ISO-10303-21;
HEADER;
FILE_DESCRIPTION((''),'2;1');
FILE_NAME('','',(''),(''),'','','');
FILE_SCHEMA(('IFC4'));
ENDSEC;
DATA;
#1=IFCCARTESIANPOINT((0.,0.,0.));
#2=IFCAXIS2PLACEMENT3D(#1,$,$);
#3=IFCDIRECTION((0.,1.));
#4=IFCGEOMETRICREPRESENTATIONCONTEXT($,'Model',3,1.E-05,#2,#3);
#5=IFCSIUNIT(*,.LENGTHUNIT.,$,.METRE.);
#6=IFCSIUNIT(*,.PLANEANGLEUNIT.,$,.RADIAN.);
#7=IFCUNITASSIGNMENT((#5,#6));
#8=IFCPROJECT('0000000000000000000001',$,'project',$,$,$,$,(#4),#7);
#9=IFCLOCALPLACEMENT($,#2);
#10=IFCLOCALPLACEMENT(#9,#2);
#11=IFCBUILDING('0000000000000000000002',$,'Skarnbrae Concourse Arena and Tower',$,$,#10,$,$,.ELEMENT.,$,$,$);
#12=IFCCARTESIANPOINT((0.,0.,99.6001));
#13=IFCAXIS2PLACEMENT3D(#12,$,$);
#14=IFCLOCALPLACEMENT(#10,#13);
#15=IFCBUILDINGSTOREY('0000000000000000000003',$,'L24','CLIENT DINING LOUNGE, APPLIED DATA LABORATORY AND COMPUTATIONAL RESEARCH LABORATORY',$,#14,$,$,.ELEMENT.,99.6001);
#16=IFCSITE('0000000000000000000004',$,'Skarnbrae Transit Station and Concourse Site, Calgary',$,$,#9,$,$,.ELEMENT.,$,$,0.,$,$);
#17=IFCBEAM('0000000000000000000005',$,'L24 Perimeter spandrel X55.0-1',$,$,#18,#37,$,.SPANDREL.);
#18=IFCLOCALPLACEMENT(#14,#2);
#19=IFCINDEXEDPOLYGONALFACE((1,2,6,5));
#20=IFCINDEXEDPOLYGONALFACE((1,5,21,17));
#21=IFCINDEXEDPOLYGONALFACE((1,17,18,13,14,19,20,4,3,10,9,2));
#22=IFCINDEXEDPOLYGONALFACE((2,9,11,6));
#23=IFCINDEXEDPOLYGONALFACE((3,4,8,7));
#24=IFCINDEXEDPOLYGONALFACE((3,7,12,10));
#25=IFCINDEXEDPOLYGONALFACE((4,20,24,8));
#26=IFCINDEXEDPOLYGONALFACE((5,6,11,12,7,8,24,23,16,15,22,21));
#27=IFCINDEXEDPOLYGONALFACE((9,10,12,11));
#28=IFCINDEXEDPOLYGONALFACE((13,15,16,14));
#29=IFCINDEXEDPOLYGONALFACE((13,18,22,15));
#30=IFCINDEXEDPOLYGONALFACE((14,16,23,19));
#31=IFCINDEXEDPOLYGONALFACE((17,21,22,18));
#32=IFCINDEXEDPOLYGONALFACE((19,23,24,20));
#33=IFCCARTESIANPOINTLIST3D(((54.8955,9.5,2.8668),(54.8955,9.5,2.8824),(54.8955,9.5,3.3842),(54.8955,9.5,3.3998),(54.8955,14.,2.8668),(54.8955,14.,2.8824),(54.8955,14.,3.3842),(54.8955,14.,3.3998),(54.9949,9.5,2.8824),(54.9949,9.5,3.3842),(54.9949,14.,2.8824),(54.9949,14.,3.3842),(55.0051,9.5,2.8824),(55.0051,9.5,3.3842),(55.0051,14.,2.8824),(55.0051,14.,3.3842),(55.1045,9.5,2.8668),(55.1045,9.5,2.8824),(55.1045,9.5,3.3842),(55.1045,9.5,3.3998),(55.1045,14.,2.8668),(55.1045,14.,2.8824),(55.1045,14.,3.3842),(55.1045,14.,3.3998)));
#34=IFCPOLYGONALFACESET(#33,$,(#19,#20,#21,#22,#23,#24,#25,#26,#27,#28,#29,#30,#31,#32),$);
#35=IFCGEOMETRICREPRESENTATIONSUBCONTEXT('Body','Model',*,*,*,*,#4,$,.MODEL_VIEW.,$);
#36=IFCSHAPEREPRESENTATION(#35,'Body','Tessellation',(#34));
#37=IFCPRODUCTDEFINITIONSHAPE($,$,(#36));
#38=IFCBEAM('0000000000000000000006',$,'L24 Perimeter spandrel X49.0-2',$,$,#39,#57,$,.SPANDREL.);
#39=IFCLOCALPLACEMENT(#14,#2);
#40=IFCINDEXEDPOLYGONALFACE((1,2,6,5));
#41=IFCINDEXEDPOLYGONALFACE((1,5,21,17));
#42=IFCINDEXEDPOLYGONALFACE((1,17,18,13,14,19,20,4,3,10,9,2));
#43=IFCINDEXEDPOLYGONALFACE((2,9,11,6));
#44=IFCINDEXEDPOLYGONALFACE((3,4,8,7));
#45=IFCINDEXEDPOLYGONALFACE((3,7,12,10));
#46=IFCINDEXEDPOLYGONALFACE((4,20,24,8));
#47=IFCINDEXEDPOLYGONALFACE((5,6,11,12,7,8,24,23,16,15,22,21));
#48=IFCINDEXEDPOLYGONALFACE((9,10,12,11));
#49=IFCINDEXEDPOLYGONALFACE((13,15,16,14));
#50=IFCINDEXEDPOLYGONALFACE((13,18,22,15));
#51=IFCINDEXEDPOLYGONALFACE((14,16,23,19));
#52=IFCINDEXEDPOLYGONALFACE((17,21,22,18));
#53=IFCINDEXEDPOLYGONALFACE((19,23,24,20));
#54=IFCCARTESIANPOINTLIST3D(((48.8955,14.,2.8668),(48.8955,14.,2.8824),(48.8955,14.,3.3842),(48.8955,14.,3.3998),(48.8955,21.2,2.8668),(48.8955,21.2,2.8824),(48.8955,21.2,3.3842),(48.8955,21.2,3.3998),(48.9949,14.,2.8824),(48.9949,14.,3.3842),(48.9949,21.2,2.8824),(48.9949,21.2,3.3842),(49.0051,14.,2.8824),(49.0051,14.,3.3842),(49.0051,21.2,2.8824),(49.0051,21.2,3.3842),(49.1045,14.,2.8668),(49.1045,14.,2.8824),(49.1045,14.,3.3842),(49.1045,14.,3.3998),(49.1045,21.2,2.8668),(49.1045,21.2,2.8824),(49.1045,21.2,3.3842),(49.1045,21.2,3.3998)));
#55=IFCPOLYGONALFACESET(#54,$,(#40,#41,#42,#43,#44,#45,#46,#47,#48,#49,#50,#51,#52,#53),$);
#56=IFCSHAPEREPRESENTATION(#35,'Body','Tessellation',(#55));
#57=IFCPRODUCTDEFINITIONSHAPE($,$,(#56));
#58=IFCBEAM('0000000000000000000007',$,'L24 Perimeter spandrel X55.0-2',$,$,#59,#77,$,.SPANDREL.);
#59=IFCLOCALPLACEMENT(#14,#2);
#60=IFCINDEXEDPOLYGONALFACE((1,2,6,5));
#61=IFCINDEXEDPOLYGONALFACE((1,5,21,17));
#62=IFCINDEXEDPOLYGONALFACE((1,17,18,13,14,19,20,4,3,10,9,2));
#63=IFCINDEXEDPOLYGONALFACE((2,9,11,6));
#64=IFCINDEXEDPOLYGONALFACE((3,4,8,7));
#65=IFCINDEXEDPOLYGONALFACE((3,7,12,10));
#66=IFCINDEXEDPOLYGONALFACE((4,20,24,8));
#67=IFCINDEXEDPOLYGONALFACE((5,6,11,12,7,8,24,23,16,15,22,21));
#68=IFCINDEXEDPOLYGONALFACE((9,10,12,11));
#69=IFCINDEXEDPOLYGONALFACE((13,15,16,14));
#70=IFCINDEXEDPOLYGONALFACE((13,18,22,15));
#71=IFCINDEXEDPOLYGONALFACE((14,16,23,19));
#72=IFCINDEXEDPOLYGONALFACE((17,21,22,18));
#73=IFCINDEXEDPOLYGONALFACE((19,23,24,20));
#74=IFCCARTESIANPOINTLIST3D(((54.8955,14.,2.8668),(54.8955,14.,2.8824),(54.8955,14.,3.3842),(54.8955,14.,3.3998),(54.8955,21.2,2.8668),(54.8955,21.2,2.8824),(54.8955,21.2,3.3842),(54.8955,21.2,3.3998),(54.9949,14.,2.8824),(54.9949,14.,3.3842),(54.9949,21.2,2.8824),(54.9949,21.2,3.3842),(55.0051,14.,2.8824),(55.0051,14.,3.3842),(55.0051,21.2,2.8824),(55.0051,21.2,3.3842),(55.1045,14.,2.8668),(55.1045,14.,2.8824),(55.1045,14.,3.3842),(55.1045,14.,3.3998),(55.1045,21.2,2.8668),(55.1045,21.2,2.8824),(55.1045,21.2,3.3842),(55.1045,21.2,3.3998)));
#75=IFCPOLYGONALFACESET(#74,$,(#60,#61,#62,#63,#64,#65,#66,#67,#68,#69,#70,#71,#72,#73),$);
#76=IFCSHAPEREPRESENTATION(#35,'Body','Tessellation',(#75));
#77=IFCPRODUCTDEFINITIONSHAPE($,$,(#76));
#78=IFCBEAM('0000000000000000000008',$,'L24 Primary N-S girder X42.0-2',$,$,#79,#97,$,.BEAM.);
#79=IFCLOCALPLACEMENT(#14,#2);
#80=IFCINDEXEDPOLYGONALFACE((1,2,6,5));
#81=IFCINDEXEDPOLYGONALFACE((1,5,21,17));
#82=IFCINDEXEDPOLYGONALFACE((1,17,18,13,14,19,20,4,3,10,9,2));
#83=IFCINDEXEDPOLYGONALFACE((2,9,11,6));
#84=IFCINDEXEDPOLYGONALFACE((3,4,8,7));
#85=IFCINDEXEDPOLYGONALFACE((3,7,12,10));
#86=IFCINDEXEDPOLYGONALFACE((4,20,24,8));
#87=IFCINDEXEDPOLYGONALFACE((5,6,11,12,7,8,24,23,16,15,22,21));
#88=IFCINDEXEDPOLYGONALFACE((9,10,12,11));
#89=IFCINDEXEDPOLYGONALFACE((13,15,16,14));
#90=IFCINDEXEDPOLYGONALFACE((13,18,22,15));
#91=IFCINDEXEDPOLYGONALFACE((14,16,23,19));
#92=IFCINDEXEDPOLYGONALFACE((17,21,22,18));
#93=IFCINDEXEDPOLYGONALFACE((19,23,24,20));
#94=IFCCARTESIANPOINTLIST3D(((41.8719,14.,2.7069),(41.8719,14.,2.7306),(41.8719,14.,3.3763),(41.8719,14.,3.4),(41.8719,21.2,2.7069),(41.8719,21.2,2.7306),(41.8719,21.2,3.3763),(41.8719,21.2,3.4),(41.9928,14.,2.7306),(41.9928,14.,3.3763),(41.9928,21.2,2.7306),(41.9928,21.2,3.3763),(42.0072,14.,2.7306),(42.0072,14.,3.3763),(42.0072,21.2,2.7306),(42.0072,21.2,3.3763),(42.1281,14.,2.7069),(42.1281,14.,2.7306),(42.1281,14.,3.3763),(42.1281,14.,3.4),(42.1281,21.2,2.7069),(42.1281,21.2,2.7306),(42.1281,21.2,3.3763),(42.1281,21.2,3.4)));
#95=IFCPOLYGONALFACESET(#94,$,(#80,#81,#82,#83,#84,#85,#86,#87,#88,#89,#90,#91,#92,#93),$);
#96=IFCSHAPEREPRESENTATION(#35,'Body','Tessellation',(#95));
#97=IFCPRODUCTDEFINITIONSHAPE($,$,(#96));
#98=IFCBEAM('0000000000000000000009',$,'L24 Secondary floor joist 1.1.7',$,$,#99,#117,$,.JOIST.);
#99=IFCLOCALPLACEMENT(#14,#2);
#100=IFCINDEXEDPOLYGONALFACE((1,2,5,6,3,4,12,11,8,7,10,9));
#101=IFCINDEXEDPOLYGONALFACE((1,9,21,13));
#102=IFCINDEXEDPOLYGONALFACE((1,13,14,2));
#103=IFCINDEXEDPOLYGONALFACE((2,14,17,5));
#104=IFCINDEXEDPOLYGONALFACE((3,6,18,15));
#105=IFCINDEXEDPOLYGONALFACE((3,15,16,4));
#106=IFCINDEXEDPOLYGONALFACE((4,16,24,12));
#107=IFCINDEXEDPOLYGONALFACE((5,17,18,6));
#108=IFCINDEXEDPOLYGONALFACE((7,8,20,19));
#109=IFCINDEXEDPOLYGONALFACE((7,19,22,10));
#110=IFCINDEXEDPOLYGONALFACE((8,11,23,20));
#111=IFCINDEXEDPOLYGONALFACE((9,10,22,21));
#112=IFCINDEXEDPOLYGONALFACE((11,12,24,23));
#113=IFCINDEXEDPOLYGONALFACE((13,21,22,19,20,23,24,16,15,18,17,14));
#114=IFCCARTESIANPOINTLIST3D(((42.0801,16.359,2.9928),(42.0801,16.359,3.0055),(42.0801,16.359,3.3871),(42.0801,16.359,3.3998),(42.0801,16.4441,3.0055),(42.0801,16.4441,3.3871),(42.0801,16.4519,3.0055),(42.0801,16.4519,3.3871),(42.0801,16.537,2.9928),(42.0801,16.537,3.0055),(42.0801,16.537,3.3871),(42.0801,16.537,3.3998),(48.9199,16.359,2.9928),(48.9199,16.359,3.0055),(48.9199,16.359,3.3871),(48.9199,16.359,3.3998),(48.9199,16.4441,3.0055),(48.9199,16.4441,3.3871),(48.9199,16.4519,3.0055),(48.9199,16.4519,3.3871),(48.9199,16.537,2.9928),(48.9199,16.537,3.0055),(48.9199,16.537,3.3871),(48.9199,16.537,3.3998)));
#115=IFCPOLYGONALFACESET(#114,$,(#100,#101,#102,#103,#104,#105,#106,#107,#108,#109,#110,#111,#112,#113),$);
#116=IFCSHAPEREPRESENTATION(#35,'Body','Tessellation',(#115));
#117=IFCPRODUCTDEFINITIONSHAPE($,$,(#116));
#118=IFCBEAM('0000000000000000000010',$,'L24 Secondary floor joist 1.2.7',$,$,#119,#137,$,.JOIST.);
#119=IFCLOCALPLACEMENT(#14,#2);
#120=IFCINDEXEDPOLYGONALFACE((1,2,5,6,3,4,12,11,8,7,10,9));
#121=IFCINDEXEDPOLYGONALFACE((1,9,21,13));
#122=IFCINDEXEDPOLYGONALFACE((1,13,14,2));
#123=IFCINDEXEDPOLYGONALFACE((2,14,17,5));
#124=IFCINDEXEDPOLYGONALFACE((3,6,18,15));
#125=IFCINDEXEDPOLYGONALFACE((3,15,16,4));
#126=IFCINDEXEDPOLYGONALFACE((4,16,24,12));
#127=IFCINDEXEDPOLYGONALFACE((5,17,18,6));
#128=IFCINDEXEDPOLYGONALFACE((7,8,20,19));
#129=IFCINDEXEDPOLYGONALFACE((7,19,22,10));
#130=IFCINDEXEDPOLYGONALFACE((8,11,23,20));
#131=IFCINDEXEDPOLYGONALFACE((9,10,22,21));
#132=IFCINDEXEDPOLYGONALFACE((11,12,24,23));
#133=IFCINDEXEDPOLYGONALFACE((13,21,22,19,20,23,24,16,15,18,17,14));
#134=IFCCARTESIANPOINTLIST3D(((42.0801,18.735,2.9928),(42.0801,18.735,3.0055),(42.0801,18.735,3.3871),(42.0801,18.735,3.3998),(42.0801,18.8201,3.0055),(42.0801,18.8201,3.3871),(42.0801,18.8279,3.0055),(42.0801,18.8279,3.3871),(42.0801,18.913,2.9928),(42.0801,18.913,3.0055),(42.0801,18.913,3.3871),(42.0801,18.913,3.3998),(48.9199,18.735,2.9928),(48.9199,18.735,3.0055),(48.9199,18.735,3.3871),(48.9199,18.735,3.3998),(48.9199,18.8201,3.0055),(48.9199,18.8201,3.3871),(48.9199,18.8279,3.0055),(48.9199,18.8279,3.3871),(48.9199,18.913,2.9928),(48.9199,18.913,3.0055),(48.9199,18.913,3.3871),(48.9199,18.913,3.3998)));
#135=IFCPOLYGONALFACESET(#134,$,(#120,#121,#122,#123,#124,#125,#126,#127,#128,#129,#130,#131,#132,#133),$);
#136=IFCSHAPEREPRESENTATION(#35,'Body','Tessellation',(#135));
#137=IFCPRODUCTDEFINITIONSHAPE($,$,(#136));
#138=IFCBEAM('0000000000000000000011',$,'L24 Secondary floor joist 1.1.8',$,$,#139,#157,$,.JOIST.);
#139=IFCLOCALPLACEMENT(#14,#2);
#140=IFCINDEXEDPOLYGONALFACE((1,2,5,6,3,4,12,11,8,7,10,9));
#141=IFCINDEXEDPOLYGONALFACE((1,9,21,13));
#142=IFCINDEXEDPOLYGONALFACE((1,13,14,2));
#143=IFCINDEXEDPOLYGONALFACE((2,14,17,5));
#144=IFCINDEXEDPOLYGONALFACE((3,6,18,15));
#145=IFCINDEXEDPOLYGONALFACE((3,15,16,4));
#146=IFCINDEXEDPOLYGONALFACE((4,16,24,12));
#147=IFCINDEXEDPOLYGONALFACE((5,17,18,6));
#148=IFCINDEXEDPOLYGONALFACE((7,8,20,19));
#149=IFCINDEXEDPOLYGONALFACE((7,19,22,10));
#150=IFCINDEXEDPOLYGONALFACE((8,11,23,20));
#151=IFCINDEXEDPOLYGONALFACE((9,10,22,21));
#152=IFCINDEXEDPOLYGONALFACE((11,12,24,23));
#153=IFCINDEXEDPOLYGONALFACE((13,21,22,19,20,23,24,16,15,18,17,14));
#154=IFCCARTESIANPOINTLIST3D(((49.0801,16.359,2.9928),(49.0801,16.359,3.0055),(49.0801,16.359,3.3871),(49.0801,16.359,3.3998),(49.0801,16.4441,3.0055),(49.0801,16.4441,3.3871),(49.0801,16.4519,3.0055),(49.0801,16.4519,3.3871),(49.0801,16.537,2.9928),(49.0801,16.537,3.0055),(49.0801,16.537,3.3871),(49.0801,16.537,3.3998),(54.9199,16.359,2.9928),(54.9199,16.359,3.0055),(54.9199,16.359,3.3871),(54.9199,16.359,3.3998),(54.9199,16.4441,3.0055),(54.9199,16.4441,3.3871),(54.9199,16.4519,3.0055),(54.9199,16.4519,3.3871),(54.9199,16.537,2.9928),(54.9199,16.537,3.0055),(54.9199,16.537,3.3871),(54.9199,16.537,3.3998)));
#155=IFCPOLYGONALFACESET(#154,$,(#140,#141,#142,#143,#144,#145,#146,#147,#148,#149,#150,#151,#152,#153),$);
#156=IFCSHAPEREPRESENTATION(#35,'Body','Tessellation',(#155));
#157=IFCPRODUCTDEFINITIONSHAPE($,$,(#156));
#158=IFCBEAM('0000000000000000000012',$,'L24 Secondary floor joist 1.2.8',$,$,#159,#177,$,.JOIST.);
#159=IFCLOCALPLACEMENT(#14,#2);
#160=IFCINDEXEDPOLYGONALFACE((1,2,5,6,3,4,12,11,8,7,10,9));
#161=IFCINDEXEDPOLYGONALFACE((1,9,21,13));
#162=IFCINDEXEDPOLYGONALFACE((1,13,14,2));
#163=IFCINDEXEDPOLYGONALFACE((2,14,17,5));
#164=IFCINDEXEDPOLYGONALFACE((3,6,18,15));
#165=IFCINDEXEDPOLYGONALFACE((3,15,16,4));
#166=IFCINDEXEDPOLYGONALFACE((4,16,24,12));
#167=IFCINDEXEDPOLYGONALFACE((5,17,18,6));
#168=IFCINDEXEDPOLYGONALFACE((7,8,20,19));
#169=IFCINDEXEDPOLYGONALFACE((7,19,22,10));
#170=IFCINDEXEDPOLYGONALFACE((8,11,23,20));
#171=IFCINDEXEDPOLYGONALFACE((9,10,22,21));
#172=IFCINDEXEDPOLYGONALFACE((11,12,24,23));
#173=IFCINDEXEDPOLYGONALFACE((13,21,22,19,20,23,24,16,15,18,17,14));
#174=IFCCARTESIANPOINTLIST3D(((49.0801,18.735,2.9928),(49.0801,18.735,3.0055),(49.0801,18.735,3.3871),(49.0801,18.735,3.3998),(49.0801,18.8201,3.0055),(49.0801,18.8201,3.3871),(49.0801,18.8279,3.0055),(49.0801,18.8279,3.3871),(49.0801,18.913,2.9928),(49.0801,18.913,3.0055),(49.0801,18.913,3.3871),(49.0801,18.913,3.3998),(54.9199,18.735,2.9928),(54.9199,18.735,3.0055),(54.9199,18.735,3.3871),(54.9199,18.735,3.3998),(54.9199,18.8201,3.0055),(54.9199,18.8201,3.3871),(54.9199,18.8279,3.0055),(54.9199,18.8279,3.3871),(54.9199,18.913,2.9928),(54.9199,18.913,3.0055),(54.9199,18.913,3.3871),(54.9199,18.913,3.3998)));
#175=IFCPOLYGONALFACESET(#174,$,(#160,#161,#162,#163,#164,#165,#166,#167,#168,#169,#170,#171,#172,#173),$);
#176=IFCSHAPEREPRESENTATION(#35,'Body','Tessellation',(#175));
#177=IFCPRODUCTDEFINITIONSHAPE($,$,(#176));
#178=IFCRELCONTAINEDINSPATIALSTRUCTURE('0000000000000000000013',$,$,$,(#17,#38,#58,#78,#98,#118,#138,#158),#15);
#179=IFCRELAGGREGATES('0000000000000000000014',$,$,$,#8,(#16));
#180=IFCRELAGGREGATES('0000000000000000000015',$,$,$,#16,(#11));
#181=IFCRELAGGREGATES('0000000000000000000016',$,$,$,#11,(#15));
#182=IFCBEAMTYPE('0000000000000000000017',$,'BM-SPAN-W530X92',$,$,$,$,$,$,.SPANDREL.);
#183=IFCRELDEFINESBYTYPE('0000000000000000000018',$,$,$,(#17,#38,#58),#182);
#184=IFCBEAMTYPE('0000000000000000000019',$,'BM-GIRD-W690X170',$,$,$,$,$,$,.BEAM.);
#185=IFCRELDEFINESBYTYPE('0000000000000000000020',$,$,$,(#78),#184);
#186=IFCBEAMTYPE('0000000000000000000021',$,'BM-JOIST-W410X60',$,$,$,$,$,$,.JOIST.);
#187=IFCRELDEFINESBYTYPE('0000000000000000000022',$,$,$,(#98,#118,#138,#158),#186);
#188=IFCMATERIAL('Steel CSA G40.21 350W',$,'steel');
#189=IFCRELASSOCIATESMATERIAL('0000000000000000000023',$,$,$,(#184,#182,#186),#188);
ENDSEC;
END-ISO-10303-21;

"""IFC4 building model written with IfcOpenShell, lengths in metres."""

from ifc_helpers import new_model, si_unit, direction, frame, origin, origin_2d, place, context, subcontext, project, spatial, i_section, extrude, source, transform, mapped, material, material_profile, profile_set, type_object, element, save


model = new_model("IFC4")

# Units and contexts
model_context = context("Model", 3, precision=1e-05, world=origin(), true_north=direction((0.0, 1.0)))
body_context = subcontext(model_context, "Body", "Model", "MODEL_VIEW")
ifc_project = project(units=[si_unit("LENGTHUNIT", "METRE"), si_unit("PLANEANGLEUNIT", "RADIAN")], contexts=[model_context])

# Site, building, storey
site_placement = place(None, origin())
site = spatial("IfcSite", under=ifc_project, at=site_placement, Name="Skarnbrae Transit Station and Concourse Site, Calgary", CompositionType="ELEMENT", RefElevation=0.0)
building_placement = place(site_placement, origin())
building = spatial("IfcBuilding", under=site, at=building_placement, Name="Skarnbrae Concourse Arena and Tower", CompositionType="ELEMENT")
storey_placement = place(building_placement, frame((0.0, 0.0, 99.6001)))
storey = spatial("IfcBuildingStorey", under=building, at=storey_placement, Name="L24", Description="CLIENT DINING LOUNGE, APPLIED DATA LABORATORY AND COMPUTATIONAL RESEARCH LABORATORY", CompositionType="ELEMENT", Elevation=99.6001)

# Shared definitions
ifc_material_1 = material(Name="Steel CSA G40.21 350W", Category="steel")

# Beams
ifc_material_profile_1 = material_profile(ifc_material_1, i_section(OverallWidth=0.2561, OverallDepth=0.6931, WebThickness=0.0144, FlangeThickness=0.0237, at=origin_2d()), Name="W690X170")
ifc_profile_set_1 = profile_set([ifc_material_profile_1], Name="Steel CSA G40.21 350W")
beam_type_1 = type_object("IfcBeamType", Name="BM-GIRD-W690X170", PredefinedType="BEAM", material=ifc_profile_set_1)
ifc_material_profile_2 = material_profile(ifc_material_1, i_section(OverallWidth=0.209, OverallDepth=0.533, WebThickness=0.0103, FlangeThickness=0.0156, at=origin_2d()), Name="W530X92")
ifc_profile_set_2 = profile_set([ifc_material_profile_2], Name="Steel CSA G40.21 350W")
beam_type_2 = type_object("IfcBeamType", Name="BM-SPAN-W530X92", PredefinedType="SPANDREL", material=ifc_profile_set_2)
shared_shape_1 = source(origin(), body_context, "Body", "SweptSolid", [
    extrude(i_section(OverallWidth=0.209, OverallDepth=0.533, WebThickness=0.0103, FlangeThickness=0.0156, at=origin_2d()), origin(), (0.0, 0.0, 1.0), 4.5),
])
for number, where, z_axis, x_axis, name in (
    (1, (55.0, 9.5, 3.1333), (0.0, 1.0, 0.0), (-1.0, 0.0, 0.0), "L24 Perimeter spandrel X55.0-1"),
):
    element("IfcBeam", number, at=place(storey_placement, frame(where, z_axis=z_axis, x_axis=x_axis)), inside=storey, type_object=beam_type_2, Name=name, PredefinedType="SPANDREL", context=body_context, shape_type="MappedRepresentation", body=[
        mapped(shared_shape_1, transform((0.0, 0.0, 0.0))),
    ])
shared_shape_2 = source(origin(), body_context, "Body", "SweptSolid", [
    extrude(i_section(OverallWidth=0.209, OverallDepth=0.533, WebThickness=0.0103, FlangeThickness=0.0156, at=origin_2d()), origin(), (0.0, 0.0, 1.0), 7.2),
])
for number, where, z_axis, x_axis, name in (
    (2, (49.0, 14.0, 3.1333), (0.0, 1.0, 0.0), (-1.0, 0.0, 0.0), "L24 Perimeter spandrel X49.0-2"),
    (3, (55.0, 14.0, 3.1333), (0.0, 1.0, 0.0), (-1.0, 0.0, 0.0), "L24 Perimeter spandrel X55.0-2"),
):
    element("IfcBeam", number, at=place(storey_placement, frame(where, z_axis=z_axis, x_axis=x_axis)), inside=storey, type_object=beam_type_2, Name=name, PredefinedType="SPANDREL", context=body_context, shape_type="MappedRepresentation", body=[
        mapped(shared_shape_2, transform((0.0, 0.0, 0.0))),
    ])
shared_shape_3 = source(origin(), body_context, "Body", "SweptSolid", [
    extrude(i_section(OverallWidth=0.2561, OverallDepth=0.6931, WebThickness=0.0144, FlangeThickness=0.0237, at=origin_2d()), origin(), (0.0, 0.0, 1.0), 7.2),
])
beam_1_placement = place(storey_placement, frame((42.0, 14.0, 3.0535), z_axis=(0.0, 1.0, 0.0), x_axis=(-1.0, 0.0, 0.0)))
element("IfcBeam", 4, at=beam_1_placement, inside=storey, type_object=beam_type_1, Name="L24 Primary N-S girder X42.0-2", PredefinedType="BEAM", context=body_context, shape_type="MappedRepresentation", body=[
    mapped(shared_shape_3, transform((0.0, 0.0, 0.0))),
])
ifc_material_profile_3 = material_profile(ifc_material_1, i_section(OverallWidth=0.178, OverallDepth=0.407, WebThickness=0.0078, FlangeThickness=0.0127, at=origin_2d()), Name="W410X60")
ifc_profile_set_3 = profile_set([ifc_material_profile_3], Name="Steel CSA G40.21 350W")
beam_type_3 = type_object("IfcBeamType", Name="BM-JOIST-W410X60", PredefinedType="JOIST", material=ifc_profile_set_3)
shared_shape_4 = source(origin(), body_context, "Body", "SweptSolid", [
    extrude(i_section(OverallWidth=0.178, OverallDepth=0.407, WebThickness=0.0078, FlangeThickness=0.0127, at=origin_2d()), origin(), (0.0, 0.0, 1.0), 6.8398),
])
for number, where, z_axis, x_axis, name in (
    (5, (42.0801, 16.448, 3.1963), (1.0, 0.0, 0.0), (0.0, 1.0, 0.0), "L24 Secondary floor joist 1.1.7"),
    (6, (42.0801, 18.824, 3.1963), (1.0, 0.0, 0.0), (0.0, 1.0, 0.0), "L24 Secondary floor joist 1.2.7"),
):
    element("IfcBeam", number, at=place(storey_placement, frame(where, z_axis=z_axis, x_axis=x_axis)), inside=storey, type_object=beam_type_3, Name=name, PredefinedType="JOIST", context=body_context, shape_type="MappedRepresentation", body=[
        mapped(shared_shape_4, transform((0.0, 0.0, 0.0))),
    ])
shared_shape_5 = source(origin(), body_context, "Body", "SweptSolid", [
    extrude(i_section(OverallWidth=0.178, OverallDepth=0.407, WebThickness=0.0078, FlangeThickness=0.0127, at=origin_2d()), origin(), (0.0, 0.0, 1.0), 5.8398),
])
for number, where, z_axis, x_axis, name in (
    (7, (49.0801, 16.448, 3.1963), (1.0, 0.0, 0.0), (0.0, 1.0, 0.0), "L24 Secondary floor joist 1.1.8"),
    (8, (49.0801, 18.824, 3.1963), (1.0, 0.0, 0.0), (0.0, 1.0, 0.0), "L24 Secondary floor joist 1.2.8"),
):
    element("IfcBeam", number, at=place(storey_placement, frame(where, z_axis=z_axis, x_axis=x_axis)), inside=storey, type_object=beam_type_3, Name=name, PredefinedType="JOIST", context=body_context, shape_type="MappedRepresentation", body=[
        mapped(shared_shape_5, transform((0.0, 0.0, 0.0))),
    ])

save(model, "model.ifc")
